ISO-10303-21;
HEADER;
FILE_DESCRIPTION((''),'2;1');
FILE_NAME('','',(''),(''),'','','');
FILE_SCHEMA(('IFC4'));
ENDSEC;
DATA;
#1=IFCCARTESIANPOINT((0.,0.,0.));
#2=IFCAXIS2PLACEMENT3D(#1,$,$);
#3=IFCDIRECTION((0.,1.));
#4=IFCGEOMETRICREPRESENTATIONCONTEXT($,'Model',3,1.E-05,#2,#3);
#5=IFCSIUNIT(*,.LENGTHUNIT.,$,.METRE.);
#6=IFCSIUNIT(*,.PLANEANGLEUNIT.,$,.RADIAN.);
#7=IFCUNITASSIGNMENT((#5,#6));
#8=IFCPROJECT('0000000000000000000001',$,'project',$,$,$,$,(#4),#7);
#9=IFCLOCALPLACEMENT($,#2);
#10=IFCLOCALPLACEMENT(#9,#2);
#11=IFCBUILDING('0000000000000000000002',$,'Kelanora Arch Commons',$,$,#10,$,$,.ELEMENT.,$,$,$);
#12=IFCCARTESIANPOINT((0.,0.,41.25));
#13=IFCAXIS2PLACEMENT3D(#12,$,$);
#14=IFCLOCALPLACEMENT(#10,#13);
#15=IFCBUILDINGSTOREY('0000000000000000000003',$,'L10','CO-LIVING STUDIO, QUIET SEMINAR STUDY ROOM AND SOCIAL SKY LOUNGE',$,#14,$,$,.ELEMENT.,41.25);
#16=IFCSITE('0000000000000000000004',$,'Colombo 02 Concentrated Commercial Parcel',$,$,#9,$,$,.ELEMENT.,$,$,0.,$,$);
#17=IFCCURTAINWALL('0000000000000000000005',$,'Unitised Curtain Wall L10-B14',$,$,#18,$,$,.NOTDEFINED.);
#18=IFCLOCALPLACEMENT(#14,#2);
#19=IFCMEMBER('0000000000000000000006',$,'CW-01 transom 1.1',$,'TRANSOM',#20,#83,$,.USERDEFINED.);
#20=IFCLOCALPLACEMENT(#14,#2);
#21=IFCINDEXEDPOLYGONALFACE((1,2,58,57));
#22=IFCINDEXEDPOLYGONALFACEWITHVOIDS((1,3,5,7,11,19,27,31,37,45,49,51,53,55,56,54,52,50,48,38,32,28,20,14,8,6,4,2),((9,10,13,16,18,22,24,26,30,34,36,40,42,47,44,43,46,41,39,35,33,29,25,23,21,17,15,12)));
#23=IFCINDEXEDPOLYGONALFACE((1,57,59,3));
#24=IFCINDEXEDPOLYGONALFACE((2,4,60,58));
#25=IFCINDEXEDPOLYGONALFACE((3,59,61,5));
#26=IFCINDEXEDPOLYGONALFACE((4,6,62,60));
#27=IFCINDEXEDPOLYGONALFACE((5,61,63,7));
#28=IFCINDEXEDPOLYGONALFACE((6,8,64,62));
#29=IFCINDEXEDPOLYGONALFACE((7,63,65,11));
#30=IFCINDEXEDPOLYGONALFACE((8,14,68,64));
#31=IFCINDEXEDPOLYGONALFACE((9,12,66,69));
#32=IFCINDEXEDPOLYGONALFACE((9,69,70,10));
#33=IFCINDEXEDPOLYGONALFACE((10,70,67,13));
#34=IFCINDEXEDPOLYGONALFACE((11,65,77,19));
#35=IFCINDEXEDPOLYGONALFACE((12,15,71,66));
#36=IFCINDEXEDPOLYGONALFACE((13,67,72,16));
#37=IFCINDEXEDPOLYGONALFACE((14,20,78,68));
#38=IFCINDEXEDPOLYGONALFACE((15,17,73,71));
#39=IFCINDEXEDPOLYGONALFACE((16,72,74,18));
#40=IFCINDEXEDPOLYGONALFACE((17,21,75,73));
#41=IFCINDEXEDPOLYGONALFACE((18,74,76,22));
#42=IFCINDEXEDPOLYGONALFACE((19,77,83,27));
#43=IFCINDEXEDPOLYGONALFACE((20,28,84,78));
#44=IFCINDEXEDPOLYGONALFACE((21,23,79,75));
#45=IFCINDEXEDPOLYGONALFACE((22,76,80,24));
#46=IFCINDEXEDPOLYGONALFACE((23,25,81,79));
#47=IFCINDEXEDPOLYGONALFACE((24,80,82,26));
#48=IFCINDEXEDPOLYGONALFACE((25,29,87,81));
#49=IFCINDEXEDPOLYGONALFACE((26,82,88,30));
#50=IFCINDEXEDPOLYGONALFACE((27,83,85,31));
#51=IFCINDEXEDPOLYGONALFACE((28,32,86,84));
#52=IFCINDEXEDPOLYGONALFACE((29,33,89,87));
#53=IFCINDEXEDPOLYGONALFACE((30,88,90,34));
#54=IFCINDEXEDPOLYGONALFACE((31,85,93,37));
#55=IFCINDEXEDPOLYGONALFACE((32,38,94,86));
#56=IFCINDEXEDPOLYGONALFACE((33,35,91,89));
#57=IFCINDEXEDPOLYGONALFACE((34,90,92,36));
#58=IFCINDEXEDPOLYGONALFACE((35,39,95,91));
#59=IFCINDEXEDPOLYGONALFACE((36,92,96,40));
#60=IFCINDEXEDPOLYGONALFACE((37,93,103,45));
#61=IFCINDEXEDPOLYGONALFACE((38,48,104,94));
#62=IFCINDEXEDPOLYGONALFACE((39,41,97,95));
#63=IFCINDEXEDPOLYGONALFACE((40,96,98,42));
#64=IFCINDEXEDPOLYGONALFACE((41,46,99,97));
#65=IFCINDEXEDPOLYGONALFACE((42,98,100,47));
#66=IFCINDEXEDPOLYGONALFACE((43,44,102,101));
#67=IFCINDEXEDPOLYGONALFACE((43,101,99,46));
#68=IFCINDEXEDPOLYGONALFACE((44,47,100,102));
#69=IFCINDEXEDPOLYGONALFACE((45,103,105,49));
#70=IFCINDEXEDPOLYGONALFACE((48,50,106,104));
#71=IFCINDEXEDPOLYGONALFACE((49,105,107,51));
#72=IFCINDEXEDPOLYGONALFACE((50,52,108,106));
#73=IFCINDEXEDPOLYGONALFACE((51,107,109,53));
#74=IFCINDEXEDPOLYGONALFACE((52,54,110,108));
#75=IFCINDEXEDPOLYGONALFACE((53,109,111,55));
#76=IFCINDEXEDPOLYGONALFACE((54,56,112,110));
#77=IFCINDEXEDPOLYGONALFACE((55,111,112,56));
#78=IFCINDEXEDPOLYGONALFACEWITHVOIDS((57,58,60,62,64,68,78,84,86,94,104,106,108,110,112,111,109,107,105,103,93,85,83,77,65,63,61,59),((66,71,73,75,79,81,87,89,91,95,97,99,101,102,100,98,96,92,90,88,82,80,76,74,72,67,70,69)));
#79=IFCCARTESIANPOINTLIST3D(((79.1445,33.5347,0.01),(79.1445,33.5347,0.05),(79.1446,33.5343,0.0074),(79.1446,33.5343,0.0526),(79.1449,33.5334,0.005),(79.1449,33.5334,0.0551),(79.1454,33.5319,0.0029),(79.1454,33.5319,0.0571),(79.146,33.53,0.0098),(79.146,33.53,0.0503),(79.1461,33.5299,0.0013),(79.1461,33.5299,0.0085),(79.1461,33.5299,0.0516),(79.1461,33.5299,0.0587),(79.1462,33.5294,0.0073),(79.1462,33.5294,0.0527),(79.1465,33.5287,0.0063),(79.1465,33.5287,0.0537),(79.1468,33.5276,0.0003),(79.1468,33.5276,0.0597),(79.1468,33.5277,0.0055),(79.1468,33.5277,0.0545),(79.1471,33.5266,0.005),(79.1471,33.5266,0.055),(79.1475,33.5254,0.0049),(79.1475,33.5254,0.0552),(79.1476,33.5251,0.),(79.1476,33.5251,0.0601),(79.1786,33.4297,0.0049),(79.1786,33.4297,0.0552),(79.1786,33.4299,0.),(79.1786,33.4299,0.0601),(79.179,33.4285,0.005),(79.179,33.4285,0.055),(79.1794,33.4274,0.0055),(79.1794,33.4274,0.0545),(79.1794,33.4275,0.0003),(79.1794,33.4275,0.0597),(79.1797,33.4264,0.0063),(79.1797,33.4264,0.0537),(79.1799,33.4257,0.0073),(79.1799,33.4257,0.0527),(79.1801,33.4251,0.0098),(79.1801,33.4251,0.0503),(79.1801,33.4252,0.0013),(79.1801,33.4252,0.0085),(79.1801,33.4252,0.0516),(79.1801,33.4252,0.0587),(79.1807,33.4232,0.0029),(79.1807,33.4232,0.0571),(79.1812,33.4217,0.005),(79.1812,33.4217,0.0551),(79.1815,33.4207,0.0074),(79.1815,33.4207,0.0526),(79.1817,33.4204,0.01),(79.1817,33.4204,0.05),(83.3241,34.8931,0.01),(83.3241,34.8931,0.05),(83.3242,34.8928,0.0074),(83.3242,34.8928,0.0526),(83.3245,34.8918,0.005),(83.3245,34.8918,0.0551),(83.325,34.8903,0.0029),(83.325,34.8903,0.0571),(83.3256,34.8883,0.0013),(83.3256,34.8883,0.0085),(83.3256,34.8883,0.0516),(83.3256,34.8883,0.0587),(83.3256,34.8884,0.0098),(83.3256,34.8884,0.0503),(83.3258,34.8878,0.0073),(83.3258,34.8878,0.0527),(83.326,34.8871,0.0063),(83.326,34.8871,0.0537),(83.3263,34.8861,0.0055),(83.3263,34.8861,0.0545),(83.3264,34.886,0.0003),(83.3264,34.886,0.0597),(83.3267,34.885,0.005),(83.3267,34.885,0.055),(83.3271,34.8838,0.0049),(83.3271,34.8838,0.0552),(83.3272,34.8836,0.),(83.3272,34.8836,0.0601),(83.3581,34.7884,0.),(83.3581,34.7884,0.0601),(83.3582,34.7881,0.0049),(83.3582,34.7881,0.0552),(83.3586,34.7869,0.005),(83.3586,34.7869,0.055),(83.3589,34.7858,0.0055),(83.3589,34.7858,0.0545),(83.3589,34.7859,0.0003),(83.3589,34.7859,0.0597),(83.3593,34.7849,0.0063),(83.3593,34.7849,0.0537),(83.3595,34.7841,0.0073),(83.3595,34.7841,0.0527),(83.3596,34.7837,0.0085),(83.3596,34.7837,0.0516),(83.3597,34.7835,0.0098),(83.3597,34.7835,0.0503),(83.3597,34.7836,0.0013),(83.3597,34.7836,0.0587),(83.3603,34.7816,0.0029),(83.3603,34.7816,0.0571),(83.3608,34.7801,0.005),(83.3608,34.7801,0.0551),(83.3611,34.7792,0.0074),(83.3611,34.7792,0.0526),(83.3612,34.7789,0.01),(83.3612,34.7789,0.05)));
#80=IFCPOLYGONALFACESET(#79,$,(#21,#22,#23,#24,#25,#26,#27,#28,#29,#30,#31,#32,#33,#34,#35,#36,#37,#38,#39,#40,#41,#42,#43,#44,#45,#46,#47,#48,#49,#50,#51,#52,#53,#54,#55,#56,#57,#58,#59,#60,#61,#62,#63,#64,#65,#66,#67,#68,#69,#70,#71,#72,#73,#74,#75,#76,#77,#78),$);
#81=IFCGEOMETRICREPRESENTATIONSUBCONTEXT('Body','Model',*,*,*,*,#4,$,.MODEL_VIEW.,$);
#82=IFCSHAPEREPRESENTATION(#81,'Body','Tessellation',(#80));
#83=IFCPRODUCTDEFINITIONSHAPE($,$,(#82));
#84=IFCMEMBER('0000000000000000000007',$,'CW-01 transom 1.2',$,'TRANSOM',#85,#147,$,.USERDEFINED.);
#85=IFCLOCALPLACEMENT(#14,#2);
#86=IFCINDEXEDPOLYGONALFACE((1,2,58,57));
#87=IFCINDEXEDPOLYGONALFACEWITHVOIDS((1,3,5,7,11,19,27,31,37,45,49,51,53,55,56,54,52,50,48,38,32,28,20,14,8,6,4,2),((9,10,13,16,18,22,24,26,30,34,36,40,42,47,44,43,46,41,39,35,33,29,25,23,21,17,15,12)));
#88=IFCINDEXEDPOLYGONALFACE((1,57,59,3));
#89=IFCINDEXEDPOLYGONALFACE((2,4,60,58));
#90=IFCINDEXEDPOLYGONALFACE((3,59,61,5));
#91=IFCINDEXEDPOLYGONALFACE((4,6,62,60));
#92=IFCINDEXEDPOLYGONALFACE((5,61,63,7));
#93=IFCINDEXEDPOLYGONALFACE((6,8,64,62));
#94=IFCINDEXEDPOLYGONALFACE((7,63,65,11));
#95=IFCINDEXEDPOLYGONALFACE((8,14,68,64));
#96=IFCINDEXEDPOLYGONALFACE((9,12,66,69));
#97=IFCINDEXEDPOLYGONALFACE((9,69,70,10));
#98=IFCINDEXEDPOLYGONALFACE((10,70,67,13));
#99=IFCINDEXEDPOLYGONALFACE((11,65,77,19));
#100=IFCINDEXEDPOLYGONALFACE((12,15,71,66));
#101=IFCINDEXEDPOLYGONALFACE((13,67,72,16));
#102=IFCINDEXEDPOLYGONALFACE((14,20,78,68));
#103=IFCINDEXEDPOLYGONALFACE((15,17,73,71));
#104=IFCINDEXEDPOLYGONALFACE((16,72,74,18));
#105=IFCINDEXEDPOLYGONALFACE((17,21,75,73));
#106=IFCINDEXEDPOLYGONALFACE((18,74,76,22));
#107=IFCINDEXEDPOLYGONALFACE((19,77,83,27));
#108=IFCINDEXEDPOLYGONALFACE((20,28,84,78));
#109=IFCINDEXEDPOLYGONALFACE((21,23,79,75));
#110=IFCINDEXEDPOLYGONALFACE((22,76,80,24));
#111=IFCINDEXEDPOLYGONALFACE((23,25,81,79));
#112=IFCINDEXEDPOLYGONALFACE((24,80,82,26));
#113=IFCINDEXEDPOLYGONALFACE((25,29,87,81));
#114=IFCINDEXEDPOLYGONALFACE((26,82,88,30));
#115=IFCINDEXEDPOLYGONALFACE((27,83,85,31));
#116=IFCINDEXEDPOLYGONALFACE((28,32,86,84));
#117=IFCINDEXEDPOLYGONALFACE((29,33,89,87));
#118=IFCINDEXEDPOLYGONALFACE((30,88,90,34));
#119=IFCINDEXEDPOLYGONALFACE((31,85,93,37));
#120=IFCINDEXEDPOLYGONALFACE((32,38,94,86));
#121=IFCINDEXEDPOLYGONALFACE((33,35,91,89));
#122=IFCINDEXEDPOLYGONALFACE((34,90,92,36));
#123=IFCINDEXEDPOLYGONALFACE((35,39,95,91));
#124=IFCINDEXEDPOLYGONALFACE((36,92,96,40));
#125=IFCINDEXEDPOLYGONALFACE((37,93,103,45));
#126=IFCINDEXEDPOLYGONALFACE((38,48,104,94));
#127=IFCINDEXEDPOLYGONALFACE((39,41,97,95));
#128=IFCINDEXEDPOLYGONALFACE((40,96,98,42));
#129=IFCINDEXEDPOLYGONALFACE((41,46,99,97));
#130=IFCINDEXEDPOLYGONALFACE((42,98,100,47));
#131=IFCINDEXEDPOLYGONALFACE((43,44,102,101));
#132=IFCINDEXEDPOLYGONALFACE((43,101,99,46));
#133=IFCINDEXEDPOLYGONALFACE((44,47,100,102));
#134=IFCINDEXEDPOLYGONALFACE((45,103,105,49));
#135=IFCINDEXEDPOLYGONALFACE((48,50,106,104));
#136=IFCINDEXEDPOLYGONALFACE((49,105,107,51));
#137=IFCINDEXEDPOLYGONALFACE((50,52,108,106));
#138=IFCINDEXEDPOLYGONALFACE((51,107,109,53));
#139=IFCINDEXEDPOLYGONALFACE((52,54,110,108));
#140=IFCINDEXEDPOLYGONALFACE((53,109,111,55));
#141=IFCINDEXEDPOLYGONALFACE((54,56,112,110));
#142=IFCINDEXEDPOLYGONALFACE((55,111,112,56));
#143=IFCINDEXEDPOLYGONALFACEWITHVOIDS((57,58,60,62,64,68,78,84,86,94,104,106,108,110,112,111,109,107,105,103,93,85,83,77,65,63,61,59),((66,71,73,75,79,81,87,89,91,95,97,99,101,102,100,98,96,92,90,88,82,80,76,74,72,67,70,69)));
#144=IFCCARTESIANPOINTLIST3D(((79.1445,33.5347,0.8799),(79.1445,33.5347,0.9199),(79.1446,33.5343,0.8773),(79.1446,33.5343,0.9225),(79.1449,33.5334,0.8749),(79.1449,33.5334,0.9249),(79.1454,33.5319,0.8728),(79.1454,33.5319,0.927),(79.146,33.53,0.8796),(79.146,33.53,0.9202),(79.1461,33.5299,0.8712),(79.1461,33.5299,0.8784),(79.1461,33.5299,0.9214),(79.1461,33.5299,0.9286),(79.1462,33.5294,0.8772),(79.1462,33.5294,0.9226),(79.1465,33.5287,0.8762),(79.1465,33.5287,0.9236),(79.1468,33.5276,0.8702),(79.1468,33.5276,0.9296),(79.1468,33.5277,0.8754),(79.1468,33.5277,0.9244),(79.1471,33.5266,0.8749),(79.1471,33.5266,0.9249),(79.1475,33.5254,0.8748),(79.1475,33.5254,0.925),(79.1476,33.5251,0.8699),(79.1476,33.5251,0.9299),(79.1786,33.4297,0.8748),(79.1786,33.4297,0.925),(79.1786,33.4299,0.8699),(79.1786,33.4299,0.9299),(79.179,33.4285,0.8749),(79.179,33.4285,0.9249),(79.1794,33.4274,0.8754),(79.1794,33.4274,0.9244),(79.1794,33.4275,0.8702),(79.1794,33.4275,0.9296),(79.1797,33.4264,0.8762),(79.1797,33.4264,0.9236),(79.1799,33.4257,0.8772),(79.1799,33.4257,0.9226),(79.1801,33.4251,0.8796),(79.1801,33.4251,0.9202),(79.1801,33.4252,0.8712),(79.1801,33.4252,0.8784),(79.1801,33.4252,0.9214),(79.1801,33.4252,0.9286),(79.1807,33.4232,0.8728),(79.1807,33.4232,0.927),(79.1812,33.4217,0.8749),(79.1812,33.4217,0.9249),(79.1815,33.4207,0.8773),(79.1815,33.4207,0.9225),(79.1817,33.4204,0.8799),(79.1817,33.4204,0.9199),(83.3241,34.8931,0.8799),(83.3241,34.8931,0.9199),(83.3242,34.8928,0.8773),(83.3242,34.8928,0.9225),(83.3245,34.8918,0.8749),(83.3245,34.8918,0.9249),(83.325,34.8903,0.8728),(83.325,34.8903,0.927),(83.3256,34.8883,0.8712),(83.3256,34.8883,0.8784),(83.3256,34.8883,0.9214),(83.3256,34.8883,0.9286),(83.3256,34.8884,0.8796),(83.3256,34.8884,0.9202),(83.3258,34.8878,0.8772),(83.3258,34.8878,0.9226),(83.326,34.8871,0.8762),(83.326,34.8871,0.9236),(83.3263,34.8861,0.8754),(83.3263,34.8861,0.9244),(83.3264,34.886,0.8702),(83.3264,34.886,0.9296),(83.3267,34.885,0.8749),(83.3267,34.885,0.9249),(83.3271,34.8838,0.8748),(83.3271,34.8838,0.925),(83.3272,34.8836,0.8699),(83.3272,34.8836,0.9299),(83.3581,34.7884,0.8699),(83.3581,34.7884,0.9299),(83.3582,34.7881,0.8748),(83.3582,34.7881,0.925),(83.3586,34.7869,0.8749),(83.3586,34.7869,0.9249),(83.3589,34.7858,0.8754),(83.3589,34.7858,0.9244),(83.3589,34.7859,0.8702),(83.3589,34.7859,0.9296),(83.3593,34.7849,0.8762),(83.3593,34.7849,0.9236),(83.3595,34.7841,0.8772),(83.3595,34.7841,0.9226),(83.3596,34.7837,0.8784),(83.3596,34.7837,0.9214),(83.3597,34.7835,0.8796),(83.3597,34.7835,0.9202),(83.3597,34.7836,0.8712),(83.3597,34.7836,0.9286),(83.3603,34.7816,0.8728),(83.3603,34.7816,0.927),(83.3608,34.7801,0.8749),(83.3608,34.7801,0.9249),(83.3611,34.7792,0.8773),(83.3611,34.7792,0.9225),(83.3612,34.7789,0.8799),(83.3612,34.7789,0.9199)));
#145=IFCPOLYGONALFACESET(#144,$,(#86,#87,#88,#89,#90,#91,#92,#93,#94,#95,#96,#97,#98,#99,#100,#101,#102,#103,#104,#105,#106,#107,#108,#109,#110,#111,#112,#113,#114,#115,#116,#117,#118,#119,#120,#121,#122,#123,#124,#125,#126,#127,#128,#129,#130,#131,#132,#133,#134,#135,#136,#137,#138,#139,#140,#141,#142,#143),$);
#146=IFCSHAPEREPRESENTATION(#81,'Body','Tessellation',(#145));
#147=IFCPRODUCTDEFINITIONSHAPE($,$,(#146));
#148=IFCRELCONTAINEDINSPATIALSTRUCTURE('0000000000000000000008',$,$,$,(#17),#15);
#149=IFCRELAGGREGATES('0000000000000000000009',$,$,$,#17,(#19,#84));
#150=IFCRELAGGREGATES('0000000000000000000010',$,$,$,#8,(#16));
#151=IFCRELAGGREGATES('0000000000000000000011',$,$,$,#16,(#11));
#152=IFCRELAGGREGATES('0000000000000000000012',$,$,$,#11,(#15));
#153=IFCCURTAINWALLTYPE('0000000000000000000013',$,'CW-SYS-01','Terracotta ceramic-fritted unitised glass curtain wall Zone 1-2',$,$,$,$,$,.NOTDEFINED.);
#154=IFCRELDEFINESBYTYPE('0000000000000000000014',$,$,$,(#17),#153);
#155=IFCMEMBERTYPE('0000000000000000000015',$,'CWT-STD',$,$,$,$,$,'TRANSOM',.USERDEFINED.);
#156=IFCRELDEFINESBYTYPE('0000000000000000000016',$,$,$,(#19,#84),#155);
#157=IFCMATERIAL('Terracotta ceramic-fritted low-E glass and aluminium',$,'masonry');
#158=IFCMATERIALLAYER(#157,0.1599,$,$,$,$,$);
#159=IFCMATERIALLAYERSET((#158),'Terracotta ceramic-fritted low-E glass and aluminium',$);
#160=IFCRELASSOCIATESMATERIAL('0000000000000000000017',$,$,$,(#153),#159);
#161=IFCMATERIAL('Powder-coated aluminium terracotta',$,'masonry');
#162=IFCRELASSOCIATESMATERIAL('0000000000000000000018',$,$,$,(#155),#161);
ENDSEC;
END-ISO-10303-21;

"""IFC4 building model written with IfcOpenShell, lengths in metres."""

from ifc_helpers import new_model, si_unit, direction, frame, origin, origin_2d, place, context, subcontext, project, spatial, hollow_rectangle, extrude, material, layer, layer_set, material_profile, profile_set, type_object, element, aggregate, save


model = new_model("IFC4")

# Units and contexts
model_context = context("Model", 3, precision=1e-05, world=origin(), true_north=direction((0.0, 1.0)))
body_context = subcontext(model_context, "Body", "Model", "MODEL_VIEW")
ifc_project = project(units=[si_unit("LENGTHUNIT", "METRE"), si_unit("PLANEANGLEUNIT", "RADIAN")], contexts=[model_context])

# Site, building, storey
site_placement = place(None, origin())
site = spatial("IfcSite", under=ifc_project, at=site_placement, Name="Colombo 02 Concentrated Commercial Parcel", CompositionType="ELEMENT", RefElevation=0.0)
building_placement = place(site_placement, origin())
building = spatial("IfcBuilding", under=site, at=building_placement, Name="Kelanora Arch Commons", CompositionType="ELEMENT")
storey_placement = place(building_placement, frame((0.0, 0.0, 41.25)))
storey = spatial("IfcBuildingStorey", under=building, at=storey_placement, Name="L10", Description="CO-LIVING STUDIO, QUIET SEMINAR STUDY ROOM AND SOCIAL SKY LOUNGE", CompositionType="ELEMENT", Elevation=41.25)

# Curtain wall, members
ifc_material_1 = material(Name="Terracotta ceramic-fritted low-E glass and aluminium", Category="masonry")
ifc_layer_1 = layer(ifc_material_1, 0.1599)
ifc_layer_set_1 = layer_set([ifc_layer_1], Name="Terracotta ceramic-fritted low-E glass and aluminium")
curtain_wall_type = type_object("IfcCurtainWallType", Name="CW-SYS-01", Description="Terracotta ceramic-fritted unitised glass curtain wall Zone 1-2", PredefinedType="NOTDEFINED", material=ifc_layer_set_1)
curtain_wall_placement = place(storey_placement, origin())
curtain_wall = element("IfcCurtainWall", 1, at=curtain_wall_placement, inside=storey, type_object=curtain_wall_type, Name="Unitised Curtain Wall L10-B14", PredefinedType="NOTDEFINED")
ifc_material_2 = material(Name="Powder-coated aluminium terracotta", Category="masonry")
ifc_material_profile_1 = material_profile(ifc_material_2, hollow_rectangle(XDim=0.1201, YDim=0.0601, WallThickness=0.0049, InnerFilletRadius=0.0049, OuterFilletRadius=0.01, at=origin_2d()), Name="CWT120x60")
ifc_profile_set_1 = profile_set([ifc_material_profile_1], Name="Powder-coated aluminium terracotta")
member_type_1 = type_object("IfcMemberType", Name="CWT-STD", ElementType="TRANSOM", PredefinedType="USERDEFINED", material=ifc_profile_set_1)
member_1_placement = place(storey_placement, frame((79.1631, 33.4775, 0.03), z_axis=(0.951029, 0.309102, 0.0), x_axis=(-0.309102, 0.951029, 0.0)))
member_1 = element("IfcMember", 2, at=member_1_placement, type_object=member_type_1, Name="CW-01 transom 1.1", ObjectType="TRANSOM", PredefinedType="USERDEFINED", context=body_context, shape_type="SweptSolid", body=[
    extrude(hollow_rectangle(XDim=0.1201, YDim=0.0601, WallThickness=0.0049, InnerFilletRadius=0.0049, OuterFilletRadius=0.01, at=origin_2d()), origin(), (0.0, 0.0, 1.0), 4.3948),
])
member_2_placement = place(storey_placement, frame((79.1631, 33.4775, 0.8999), z_axis=(0.951029, 0.309102, 0.0), x_axis=(-0.309102, 0.951029, 0.0)))
member_2 = element("IfcMember", 3, at=member_2_placement, type_object=member_type_1, Name="CW-01 transom 1.2", ObjectType="TRANSOM", PredefinedType="USERDEFINED", context=body_context, shape_type="SweptSolid", body=[
    extrude(hollow_rectangle(XDim=0.1201, YDim=0.0601, WallThickness=0.0049, InnerFilletRadius=0.0049, OuterFilletRadius=0.01, at=origin_2d()), origin(), (0.0, 0.0, 1.0), 4.3948),
])
aggregate(curtain_wall, [member_1, member_2])

save(model, "model.ifc")
